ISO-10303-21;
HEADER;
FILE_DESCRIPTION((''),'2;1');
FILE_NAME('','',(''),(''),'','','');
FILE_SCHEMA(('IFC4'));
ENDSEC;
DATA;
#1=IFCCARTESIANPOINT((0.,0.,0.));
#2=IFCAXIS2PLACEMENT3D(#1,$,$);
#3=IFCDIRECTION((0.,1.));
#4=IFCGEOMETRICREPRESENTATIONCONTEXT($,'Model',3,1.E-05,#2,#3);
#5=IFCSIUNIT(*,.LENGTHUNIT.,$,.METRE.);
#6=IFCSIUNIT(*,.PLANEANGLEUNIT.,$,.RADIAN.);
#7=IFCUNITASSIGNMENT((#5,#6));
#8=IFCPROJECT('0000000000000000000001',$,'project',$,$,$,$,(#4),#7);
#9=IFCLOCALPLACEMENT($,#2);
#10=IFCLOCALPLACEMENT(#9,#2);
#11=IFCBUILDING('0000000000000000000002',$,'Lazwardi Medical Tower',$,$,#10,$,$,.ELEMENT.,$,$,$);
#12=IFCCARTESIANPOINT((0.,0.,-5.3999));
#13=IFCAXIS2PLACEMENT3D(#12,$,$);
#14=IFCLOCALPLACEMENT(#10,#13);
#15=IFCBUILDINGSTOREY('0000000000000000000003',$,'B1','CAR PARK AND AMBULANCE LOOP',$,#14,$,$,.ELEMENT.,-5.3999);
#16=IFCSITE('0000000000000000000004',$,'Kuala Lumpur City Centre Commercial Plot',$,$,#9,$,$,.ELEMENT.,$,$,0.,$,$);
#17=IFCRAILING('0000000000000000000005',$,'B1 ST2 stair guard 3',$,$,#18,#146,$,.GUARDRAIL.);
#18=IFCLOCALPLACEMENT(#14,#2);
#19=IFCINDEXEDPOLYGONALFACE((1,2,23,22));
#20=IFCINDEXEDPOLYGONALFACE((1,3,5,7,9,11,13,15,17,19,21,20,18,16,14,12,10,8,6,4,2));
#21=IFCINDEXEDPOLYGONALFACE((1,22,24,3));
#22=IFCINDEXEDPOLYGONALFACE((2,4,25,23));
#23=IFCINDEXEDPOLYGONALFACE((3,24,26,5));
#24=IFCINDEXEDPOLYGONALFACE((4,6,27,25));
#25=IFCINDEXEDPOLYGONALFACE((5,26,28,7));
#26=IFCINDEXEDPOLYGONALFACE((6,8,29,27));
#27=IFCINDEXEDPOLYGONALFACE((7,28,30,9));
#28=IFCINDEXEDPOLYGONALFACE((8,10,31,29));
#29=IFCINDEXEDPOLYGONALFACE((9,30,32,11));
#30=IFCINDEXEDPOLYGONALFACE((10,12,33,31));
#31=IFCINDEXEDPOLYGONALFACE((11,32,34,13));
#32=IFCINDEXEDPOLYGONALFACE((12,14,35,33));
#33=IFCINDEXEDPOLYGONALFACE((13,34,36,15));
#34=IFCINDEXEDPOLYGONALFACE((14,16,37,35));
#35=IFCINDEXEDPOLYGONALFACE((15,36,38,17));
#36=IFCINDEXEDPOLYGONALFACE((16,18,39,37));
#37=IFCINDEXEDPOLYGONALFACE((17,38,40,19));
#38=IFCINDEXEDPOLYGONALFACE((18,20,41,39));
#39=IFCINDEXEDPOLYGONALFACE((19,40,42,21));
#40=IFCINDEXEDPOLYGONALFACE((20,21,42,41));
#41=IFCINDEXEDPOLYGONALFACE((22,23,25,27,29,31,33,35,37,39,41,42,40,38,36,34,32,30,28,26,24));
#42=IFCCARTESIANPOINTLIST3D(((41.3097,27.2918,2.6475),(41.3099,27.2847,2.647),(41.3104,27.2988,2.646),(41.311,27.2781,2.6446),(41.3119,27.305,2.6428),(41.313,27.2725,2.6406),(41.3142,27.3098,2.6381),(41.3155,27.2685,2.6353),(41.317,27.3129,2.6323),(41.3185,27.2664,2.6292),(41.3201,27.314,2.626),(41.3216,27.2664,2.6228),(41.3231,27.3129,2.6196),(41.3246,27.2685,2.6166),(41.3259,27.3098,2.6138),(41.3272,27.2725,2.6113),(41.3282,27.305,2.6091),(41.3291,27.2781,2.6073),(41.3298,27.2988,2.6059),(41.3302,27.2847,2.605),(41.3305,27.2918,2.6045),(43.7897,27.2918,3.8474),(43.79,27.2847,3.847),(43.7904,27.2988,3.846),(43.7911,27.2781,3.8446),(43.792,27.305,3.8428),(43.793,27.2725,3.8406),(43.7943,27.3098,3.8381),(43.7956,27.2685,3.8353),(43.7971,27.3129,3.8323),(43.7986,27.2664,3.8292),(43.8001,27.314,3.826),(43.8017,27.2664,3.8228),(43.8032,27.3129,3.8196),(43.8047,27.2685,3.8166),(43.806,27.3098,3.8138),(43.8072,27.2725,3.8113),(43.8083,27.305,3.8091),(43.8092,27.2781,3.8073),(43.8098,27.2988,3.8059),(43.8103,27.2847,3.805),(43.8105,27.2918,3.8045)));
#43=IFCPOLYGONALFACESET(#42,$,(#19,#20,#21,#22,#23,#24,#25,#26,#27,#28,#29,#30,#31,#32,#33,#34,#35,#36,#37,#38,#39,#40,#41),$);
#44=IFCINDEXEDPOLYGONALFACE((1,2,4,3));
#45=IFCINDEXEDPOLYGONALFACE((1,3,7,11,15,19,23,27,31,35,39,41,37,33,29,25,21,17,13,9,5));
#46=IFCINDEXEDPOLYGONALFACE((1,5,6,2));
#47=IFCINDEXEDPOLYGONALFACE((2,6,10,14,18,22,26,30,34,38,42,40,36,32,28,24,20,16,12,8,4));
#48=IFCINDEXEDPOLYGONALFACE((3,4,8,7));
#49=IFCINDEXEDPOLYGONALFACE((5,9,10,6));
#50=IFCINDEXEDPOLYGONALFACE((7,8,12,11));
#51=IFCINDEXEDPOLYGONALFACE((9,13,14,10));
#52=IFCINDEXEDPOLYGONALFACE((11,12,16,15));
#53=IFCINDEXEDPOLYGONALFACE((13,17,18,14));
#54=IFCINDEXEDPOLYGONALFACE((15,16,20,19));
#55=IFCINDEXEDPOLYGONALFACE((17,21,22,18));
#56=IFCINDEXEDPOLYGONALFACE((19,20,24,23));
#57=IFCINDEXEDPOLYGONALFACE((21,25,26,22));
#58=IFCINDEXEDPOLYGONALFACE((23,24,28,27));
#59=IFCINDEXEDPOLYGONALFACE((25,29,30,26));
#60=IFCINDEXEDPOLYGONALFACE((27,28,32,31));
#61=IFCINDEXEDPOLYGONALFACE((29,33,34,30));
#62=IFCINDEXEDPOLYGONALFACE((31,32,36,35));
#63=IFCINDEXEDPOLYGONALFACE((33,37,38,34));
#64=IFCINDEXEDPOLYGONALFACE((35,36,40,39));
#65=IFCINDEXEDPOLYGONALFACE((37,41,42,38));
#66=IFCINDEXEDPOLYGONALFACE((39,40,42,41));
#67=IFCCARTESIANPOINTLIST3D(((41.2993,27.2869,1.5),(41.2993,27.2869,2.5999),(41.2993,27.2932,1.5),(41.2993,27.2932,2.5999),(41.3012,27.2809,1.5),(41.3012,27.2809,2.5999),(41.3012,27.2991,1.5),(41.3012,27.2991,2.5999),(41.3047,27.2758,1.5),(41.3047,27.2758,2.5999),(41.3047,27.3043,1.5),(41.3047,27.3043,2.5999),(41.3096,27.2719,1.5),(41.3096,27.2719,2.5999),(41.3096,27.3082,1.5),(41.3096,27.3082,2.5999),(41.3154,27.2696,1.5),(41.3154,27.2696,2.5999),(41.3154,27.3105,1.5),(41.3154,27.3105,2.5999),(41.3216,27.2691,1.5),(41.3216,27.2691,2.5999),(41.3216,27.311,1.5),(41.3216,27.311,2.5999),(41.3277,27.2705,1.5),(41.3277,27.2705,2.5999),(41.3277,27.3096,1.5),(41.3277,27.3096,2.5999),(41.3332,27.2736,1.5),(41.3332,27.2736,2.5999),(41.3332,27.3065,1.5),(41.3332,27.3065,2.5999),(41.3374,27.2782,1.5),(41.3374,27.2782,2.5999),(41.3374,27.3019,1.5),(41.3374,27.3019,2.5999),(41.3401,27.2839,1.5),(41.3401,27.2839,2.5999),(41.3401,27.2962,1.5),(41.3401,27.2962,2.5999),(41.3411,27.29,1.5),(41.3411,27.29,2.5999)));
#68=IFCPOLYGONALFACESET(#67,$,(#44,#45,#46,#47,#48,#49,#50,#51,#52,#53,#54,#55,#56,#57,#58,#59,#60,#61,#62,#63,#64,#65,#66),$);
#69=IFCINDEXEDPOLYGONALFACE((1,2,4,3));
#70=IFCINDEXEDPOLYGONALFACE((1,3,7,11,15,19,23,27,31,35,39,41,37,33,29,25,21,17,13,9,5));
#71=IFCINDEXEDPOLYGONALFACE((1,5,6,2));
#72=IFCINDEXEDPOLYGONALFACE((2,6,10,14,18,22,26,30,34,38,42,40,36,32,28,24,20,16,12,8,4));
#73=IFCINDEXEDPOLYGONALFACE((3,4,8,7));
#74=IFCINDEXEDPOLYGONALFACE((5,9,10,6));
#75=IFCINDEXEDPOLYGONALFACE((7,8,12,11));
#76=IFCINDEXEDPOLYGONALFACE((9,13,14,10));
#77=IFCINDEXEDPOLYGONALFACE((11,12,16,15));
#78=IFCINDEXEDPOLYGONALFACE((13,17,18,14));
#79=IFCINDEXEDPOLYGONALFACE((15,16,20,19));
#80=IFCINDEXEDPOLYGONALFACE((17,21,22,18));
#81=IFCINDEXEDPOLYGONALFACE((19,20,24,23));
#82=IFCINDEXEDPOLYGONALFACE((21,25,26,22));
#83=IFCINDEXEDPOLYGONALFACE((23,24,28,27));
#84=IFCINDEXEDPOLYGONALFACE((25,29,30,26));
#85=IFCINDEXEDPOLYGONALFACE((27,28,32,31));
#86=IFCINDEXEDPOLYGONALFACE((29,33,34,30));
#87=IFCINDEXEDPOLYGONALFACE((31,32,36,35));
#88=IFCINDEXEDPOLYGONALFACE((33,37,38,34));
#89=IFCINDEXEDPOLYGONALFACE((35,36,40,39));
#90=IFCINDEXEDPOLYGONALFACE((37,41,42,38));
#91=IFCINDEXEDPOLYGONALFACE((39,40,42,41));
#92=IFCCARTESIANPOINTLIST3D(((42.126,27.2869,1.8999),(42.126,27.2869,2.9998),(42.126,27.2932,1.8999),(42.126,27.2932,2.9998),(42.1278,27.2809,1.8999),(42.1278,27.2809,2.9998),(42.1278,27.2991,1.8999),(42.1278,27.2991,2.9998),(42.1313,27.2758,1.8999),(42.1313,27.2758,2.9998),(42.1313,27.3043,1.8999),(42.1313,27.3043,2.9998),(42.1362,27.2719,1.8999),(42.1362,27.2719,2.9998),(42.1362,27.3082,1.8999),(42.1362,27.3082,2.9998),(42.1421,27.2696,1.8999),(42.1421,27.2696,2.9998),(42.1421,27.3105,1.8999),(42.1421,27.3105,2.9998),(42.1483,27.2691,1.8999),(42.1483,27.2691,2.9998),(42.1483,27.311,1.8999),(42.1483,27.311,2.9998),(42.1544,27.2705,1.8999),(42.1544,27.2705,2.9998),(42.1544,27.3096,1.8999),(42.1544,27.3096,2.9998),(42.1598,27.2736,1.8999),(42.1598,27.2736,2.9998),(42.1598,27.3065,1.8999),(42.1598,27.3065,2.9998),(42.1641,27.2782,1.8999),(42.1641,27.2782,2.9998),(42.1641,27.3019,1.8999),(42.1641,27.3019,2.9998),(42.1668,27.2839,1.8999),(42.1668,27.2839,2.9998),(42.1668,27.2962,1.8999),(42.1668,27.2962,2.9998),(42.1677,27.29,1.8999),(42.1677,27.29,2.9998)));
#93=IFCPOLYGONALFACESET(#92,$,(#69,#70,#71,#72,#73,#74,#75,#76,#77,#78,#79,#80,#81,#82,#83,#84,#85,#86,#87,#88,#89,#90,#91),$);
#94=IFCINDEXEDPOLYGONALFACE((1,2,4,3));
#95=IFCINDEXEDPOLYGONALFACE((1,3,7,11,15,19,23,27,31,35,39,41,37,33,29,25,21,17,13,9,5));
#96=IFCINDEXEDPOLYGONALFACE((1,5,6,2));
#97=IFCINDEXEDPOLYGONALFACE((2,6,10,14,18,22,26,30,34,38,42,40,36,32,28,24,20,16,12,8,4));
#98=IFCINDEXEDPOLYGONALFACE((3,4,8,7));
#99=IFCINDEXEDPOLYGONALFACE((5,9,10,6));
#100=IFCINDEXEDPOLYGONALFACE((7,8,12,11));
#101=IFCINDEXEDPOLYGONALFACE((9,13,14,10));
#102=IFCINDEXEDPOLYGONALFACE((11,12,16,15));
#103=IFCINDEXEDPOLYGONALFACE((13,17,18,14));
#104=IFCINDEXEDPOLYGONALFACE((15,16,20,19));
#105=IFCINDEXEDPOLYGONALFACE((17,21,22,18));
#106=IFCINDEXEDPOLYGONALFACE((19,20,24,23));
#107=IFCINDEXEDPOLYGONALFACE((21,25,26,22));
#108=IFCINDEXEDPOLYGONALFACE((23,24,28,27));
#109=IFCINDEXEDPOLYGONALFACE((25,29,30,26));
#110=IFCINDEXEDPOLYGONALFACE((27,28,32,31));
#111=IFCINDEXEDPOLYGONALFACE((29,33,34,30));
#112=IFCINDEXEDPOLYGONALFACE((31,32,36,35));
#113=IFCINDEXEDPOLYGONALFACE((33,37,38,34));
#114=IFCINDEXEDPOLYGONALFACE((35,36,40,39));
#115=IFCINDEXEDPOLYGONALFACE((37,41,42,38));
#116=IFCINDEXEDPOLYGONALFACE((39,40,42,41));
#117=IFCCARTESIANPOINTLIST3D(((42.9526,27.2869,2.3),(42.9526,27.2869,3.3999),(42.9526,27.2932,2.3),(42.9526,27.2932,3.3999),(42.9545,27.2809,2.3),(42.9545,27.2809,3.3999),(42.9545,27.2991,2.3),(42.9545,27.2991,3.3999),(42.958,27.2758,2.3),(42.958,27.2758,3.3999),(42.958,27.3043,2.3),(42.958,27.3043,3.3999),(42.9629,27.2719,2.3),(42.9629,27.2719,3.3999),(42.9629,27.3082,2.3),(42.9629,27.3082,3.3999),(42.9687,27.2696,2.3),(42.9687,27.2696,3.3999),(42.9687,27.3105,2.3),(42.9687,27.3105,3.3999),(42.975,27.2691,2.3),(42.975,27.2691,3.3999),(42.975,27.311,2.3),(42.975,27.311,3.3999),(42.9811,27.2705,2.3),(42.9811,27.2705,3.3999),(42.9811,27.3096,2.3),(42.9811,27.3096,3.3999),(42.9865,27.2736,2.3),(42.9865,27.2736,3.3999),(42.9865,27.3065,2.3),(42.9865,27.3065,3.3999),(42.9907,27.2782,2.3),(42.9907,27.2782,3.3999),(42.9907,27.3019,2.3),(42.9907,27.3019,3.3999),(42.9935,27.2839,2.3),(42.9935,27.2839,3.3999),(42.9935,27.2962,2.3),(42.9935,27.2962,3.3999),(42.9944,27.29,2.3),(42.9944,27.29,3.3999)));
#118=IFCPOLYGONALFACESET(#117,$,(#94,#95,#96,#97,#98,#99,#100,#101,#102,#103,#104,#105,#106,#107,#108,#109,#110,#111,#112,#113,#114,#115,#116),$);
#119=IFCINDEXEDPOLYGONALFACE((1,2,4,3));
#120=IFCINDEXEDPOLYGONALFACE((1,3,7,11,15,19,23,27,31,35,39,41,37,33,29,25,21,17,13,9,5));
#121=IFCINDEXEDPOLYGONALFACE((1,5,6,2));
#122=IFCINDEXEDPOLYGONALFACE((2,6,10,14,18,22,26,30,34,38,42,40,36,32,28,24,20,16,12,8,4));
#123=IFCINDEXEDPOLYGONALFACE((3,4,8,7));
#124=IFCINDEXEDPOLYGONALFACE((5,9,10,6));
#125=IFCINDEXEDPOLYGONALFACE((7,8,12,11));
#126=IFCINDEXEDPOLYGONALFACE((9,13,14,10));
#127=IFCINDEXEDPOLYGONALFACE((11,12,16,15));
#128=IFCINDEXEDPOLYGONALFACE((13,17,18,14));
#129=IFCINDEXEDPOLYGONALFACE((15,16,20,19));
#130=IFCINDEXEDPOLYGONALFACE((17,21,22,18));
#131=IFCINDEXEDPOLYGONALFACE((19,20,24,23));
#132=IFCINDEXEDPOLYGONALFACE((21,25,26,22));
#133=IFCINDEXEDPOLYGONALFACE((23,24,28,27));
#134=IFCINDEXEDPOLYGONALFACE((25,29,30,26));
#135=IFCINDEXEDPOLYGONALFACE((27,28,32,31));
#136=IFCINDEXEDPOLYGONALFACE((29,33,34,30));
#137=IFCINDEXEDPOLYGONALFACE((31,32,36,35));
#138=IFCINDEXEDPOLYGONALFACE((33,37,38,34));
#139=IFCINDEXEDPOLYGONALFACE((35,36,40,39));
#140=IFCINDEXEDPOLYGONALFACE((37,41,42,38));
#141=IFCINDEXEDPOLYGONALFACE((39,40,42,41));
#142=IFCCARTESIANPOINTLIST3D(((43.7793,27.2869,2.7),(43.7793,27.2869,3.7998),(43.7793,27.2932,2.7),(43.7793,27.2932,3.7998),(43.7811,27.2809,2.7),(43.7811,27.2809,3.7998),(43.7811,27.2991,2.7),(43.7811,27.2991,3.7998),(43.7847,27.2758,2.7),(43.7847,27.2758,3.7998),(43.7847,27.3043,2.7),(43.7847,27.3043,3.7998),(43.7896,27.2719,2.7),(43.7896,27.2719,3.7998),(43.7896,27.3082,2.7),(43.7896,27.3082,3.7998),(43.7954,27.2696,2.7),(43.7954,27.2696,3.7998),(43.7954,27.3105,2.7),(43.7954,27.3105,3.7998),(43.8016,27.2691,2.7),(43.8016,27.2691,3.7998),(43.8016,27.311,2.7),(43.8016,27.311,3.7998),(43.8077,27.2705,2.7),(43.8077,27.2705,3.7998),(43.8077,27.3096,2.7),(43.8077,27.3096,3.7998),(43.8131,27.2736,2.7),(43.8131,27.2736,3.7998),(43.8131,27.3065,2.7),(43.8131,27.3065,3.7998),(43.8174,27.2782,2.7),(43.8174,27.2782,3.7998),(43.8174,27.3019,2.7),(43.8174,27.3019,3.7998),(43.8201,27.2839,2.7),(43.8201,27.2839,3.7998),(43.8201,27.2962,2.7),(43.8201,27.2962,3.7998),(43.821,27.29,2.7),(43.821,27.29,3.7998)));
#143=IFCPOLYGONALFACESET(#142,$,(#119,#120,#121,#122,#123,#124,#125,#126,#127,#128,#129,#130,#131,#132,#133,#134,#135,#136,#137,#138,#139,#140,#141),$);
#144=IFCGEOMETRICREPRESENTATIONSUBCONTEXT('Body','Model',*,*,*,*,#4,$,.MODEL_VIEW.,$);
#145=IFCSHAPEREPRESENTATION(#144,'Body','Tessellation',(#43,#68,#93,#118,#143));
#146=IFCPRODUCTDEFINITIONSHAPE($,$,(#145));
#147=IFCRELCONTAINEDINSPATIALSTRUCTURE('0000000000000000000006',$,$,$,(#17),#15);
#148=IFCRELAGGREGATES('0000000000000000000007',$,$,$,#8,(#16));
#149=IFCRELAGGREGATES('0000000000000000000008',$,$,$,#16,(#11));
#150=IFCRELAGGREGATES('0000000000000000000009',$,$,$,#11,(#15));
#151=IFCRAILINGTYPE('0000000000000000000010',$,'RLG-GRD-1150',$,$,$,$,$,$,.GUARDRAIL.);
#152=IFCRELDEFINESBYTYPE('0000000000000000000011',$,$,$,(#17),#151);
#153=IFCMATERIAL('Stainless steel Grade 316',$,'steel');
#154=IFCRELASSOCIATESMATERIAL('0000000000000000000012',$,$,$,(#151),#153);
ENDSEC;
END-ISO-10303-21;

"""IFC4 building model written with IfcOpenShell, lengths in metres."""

from ifc_helpers import new_model, si_unit, direction, frame, origin, origin_2d, place, context, subcontext, project, spatial, circle, extrude, material, type_object, element, save


model = new_model("IFC4")

# Units and contexts
model_context = context("Model", 3, precision=1e-05, world=origin(), true_north=direction((0.0, 1.0)))
body_context = subcontext(model_context, "Body", "Model", "MODEL_VIEW")
ifc_project = project(units=[si_unit("LENGTHUNIT", "METRE"), si_unit("PLANEANGLEUNIT", "RADIAN")], contexts=[model_context])

# Site, building, storey
site_placement = place(None, origin())
site = spatial("IfcSite", under=ifc_project, at=site_placement, Name="Kuala Lumpur City Centre Commercial Plot", CompositionType="ELEMENT", RefElevation=0.0)
building_placement = place(site_placement, origin())
building = spatial("IfcBuilding", under=site, at=building_placement, Name="Lazwardi Medical Tower", CompositionType="ELEMENT")
storey_placement = place(building_placement, frame((0.0, 0.0, -5.3999)))
storey = spatial("IfcBuildingStorey", under=building, at=storey_placement, Name="B1", Description="CAR PARK AND AMBULANCE LOOP", CompositionType="ELEMENT", Elevation=-5.3999)

# Railing
ifc_material_1 = material(Name="Stainless steel Grade 316", Category="steel")
railing_type_1 = type_object("IfcRailingType", Name="RLG-GRD-1150", PredefinedType="GUARDRAIL", material=ifc_material_1)
for number, where, name in (
    (1, (41.3201, 27.29, 1.5), "B1 ST2 stair guard 3"),
):
    element("IfcRailing", number, at=place(storey_placement, frame(where)), inside=storey, type_object=railing_type_1, Name=name, PredefinedType="GUARDRAIL", context=body_context, shape_type="SweptSolid", body=[
        extrude(circle(Radius=0.0239, at=origin_2d()), frame((0.0, 0.0, 1.126), z_axis=(0.900165, 0.0, 0.435549), x_axis=(0.0, 1.0, 0.0)), (0.0, 0.0, 1.0), 2.7551),
        extrude(circle(Radius=0.021, at=origin_2d()), origin(), (0.0, 0.0, 1.0), 1.0999),
        extrude(circle(Radius=0.021, at=origin_2d()), frame((0.8267, 0.0, 0.3999)), (0.0, 0.0, 1.0), 1.0999),
        extrude(circle(Radius=0.021, at=origin_2d()), frame((1.6533, 0.0, 0.8)), (0.0, 0.0, 1.0), 1.0999),
        extrude(circle(Radius=0.021, at=origin_2d()), frame((2.48, 0.0, 1.2)), (0.0, 0.0, 1.0), 1.0999),
    ])

save(model, "model.ifc")
